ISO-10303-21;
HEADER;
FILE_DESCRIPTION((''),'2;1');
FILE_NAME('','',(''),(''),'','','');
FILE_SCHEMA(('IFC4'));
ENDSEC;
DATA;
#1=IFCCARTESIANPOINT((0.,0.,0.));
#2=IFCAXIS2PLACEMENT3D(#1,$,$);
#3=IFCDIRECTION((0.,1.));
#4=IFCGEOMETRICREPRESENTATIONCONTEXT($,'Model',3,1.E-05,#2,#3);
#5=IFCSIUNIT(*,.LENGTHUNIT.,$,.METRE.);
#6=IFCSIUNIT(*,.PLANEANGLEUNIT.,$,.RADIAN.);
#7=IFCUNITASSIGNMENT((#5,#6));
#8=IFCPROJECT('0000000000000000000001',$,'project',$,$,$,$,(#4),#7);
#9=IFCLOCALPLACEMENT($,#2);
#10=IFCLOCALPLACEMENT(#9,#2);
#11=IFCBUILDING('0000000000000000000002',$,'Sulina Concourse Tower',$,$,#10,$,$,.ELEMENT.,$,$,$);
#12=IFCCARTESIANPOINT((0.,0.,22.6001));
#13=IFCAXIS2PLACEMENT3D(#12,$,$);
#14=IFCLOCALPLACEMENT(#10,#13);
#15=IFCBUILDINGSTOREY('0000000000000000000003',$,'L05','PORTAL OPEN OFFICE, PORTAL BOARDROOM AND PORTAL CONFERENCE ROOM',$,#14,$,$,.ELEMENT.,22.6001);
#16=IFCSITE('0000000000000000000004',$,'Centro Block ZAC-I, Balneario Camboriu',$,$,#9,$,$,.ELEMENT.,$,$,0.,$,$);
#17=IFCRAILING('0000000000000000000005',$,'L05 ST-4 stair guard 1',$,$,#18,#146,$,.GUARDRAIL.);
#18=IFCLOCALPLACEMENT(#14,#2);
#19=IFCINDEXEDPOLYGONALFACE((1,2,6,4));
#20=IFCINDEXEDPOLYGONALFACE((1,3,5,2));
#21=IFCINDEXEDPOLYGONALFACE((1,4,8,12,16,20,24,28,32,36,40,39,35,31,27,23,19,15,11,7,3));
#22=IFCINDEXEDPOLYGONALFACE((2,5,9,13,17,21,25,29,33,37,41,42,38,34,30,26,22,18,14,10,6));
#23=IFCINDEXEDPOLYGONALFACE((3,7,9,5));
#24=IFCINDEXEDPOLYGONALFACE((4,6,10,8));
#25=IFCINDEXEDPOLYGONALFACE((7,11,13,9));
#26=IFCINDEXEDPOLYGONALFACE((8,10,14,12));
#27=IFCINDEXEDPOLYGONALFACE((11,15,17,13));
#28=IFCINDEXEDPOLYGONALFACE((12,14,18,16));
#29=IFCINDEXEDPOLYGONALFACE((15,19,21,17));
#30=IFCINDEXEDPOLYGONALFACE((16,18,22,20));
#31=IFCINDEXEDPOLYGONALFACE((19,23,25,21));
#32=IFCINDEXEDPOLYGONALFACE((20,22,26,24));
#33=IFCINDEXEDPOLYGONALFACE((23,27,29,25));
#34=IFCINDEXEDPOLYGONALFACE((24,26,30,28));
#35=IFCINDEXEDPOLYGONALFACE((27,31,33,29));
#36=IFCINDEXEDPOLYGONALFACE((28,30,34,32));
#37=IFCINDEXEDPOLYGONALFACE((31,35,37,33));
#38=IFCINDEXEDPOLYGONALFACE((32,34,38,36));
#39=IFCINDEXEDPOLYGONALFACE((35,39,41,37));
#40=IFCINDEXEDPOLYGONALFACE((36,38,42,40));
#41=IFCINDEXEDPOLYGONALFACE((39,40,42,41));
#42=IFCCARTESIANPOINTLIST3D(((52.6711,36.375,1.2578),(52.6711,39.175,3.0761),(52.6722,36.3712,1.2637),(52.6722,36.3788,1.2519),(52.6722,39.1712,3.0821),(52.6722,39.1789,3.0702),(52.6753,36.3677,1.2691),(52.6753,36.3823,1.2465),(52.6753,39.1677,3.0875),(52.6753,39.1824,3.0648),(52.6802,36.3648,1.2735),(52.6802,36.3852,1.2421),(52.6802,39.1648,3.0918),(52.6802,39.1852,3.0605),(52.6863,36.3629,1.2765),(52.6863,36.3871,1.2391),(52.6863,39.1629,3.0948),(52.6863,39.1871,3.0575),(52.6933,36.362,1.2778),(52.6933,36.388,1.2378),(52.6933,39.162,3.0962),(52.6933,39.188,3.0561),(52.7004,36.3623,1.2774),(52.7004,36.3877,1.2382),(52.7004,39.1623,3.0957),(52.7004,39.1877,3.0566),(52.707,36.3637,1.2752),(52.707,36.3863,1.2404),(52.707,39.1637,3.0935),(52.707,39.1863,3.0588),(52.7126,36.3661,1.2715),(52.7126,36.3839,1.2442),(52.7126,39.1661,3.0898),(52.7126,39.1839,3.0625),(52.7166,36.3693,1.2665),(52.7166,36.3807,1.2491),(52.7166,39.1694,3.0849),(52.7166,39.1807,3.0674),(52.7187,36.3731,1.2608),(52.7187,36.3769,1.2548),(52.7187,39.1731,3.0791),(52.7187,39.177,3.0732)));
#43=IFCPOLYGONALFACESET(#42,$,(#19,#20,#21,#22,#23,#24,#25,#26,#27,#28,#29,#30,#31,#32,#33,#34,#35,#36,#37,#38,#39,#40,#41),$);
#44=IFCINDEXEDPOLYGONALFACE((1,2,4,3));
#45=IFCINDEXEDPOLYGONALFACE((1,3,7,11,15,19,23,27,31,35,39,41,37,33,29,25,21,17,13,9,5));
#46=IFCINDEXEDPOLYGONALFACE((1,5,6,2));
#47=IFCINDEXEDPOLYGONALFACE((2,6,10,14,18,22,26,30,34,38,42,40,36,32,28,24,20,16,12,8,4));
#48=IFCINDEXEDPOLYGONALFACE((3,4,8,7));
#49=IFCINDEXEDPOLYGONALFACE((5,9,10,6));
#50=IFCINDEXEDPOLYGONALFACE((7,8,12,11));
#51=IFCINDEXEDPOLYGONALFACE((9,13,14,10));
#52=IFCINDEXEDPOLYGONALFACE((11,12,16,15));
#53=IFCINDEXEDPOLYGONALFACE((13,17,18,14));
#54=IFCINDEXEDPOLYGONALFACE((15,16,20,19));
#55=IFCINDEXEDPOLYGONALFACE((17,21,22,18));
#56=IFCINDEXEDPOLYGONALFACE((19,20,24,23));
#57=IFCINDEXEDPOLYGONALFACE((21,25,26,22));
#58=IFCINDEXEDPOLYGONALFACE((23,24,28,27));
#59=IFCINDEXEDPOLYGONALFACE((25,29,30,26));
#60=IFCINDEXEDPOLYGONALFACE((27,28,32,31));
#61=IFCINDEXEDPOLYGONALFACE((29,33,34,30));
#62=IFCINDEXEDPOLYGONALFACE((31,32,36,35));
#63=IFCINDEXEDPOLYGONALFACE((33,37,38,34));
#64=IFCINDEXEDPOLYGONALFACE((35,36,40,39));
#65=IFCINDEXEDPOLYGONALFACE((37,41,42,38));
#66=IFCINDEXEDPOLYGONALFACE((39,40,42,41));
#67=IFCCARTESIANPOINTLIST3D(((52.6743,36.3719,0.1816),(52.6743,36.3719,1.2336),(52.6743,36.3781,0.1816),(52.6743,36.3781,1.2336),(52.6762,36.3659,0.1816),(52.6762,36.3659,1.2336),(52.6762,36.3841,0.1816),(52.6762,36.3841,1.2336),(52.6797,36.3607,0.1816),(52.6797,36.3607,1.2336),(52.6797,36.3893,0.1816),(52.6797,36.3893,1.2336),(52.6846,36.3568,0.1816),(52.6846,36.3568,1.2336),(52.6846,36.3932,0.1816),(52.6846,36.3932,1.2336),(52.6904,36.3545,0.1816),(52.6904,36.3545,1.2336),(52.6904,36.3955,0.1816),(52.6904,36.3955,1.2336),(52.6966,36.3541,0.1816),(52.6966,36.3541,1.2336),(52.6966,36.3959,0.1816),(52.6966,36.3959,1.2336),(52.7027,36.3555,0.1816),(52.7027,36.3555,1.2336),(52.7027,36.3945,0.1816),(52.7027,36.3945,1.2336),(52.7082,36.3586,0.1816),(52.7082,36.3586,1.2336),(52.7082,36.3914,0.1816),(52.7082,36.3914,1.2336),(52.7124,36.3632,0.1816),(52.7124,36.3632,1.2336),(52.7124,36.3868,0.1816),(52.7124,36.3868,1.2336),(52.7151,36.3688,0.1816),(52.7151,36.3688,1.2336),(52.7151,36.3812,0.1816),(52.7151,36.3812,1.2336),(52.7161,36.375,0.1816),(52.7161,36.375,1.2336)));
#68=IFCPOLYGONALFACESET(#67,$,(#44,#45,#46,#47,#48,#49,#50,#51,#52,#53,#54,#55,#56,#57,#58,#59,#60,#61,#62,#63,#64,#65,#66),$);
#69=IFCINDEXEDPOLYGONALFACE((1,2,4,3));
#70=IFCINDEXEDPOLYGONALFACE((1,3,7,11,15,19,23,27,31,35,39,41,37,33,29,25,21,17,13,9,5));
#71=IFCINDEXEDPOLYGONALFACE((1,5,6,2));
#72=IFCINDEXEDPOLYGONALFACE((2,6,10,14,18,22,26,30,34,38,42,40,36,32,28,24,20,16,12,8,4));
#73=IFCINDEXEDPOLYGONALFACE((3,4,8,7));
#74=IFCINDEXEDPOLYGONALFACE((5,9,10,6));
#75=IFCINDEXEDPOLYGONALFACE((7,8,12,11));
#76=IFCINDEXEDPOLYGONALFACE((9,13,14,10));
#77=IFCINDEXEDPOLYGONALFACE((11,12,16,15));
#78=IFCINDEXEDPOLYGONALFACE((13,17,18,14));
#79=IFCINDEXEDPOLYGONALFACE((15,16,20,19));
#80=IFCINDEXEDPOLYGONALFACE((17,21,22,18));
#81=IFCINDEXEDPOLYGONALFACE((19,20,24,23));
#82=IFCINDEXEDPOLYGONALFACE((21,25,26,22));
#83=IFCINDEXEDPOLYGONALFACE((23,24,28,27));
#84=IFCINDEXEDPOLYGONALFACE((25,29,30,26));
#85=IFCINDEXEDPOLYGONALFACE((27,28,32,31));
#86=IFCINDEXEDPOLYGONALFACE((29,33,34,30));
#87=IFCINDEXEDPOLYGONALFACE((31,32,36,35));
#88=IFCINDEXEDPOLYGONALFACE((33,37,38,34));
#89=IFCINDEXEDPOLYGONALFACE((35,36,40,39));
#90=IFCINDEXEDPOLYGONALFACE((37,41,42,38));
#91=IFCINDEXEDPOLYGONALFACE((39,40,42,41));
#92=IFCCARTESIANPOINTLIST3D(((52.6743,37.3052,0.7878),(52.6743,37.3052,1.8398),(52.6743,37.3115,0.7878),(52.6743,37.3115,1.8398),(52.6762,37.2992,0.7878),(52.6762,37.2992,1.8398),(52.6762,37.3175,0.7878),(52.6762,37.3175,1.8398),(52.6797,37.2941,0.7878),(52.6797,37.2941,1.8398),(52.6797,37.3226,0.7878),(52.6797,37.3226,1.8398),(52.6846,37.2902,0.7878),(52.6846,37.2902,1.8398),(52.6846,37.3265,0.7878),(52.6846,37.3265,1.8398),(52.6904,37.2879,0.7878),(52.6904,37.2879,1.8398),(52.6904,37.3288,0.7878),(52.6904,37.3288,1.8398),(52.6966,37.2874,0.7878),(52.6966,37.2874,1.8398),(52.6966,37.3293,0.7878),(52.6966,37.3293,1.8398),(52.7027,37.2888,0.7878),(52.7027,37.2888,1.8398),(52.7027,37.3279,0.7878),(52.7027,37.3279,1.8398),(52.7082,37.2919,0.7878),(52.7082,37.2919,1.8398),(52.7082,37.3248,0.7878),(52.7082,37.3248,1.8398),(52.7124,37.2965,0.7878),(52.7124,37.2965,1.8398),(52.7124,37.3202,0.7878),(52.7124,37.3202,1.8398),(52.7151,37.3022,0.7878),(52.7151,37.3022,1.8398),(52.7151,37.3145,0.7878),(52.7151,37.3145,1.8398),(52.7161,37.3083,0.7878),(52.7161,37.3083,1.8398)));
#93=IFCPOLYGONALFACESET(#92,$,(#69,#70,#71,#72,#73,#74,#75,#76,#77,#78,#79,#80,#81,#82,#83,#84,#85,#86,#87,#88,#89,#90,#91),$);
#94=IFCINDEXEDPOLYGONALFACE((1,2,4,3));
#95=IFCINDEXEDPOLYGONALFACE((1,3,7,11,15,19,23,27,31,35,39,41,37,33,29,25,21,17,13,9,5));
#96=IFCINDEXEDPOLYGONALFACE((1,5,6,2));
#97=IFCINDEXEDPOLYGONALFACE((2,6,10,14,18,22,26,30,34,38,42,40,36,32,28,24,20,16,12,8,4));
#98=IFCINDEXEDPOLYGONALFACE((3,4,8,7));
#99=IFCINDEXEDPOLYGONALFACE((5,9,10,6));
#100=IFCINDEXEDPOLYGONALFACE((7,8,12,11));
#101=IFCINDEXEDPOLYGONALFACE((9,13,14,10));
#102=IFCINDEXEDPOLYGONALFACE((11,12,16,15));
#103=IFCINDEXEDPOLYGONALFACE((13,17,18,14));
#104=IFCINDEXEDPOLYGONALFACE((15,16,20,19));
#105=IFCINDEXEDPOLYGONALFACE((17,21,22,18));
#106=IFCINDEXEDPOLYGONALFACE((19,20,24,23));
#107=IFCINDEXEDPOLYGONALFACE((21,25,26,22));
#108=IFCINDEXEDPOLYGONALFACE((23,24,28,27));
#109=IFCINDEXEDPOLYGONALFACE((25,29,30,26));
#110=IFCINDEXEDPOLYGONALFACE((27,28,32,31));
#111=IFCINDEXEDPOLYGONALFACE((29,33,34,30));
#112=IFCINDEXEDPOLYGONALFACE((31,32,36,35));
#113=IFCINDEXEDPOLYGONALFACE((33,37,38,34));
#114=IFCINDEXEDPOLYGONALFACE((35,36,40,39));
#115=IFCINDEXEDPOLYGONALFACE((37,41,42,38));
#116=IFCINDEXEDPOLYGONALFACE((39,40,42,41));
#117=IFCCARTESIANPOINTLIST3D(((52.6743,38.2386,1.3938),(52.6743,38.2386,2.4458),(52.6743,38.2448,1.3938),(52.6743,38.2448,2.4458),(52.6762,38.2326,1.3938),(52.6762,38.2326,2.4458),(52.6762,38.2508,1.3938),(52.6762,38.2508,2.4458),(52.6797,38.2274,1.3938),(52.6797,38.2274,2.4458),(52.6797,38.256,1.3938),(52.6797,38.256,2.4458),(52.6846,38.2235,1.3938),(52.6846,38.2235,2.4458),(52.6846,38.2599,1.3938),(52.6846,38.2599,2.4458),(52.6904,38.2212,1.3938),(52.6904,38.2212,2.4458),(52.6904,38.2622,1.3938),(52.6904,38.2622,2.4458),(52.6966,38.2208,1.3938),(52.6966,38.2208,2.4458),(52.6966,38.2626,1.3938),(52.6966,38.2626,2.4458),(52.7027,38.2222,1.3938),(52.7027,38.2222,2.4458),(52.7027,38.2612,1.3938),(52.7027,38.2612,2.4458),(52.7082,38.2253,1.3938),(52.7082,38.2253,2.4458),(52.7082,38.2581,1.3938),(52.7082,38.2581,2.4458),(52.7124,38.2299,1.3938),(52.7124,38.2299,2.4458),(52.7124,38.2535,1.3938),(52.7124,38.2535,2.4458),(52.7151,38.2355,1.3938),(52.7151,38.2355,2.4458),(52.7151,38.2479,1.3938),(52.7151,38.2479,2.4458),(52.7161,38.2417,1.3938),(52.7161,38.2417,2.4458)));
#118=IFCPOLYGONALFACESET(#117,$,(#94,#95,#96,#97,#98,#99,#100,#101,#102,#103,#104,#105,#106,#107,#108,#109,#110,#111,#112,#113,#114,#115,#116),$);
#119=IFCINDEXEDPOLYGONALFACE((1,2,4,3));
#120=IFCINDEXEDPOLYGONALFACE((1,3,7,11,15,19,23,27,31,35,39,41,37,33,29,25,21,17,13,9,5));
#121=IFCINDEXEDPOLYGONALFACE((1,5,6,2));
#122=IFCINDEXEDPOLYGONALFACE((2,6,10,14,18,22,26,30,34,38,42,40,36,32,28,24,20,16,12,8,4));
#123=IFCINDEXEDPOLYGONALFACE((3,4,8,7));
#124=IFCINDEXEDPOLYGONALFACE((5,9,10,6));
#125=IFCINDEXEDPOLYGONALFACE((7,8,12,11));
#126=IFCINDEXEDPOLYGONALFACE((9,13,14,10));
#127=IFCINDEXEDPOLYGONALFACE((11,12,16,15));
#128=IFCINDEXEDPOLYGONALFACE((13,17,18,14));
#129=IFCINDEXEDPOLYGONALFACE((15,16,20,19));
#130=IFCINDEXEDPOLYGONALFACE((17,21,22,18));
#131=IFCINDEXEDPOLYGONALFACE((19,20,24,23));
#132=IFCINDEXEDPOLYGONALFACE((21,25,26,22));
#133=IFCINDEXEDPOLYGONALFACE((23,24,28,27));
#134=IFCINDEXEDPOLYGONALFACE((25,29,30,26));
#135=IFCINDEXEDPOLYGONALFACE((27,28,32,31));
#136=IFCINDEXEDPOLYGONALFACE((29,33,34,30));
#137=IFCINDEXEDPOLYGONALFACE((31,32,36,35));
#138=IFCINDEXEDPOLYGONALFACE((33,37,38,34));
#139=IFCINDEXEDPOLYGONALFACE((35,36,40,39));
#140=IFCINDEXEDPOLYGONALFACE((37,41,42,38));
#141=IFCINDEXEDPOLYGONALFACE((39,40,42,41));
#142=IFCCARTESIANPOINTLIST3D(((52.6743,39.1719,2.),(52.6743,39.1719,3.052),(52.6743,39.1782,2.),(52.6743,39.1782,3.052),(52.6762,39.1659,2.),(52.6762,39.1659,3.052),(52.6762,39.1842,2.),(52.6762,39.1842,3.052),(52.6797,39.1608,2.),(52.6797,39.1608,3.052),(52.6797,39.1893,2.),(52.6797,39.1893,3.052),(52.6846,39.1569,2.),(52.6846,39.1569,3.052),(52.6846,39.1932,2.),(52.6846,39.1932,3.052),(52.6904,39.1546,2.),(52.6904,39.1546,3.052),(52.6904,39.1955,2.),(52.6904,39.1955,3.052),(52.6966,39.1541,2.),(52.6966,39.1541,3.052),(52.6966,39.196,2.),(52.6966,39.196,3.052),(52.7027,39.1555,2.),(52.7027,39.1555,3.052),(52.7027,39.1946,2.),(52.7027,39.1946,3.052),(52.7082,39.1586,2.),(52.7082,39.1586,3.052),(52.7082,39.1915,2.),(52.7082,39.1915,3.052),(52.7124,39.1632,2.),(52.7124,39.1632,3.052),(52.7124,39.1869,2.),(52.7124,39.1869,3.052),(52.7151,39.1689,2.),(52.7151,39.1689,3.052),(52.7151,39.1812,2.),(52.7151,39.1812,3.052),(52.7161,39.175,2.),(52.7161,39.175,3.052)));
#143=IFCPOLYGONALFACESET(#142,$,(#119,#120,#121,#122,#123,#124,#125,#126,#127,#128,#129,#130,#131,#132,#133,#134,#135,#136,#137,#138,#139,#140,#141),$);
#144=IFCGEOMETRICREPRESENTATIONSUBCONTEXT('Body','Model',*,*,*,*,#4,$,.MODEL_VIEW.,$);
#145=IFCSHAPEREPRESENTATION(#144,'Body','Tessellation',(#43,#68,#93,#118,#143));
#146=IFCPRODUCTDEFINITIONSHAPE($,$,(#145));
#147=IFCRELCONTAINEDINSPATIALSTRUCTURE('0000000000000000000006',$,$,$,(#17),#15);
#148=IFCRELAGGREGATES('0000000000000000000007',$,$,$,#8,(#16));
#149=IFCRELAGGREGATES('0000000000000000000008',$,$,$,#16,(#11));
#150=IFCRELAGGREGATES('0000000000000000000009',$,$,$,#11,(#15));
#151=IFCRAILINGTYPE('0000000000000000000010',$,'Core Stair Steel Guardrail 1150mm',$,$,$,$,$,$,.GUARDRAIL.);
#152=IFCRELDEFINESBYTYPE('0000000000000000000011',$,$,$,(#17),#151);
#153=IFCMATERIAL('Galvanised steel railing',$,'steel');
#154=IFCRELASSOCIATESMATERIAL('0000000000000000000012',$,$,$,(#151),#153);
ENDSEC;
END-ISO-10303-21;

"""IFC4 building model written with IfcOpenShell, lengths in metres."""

from ifc_helpers import new_model, si_unit, direction, frame, origin, origin_2d, place, context, subcontext, project, spatial, circle, extrude, material, type_object, element, save


model = new_model("IFC4")

# Units and contexts
model_context = context("Model", 3, precision=1e-05, world=origin(), true_north=direction((0.0, 1.0)))
body_context = subcontext(model_context, "Body", "Model", "MODEL_VIEW")
ifc_project = project(units=[si_unit("LENGTHUNIT", "METRE"), si_unit("PLANEANGLEUNIT", "RADIAN")], contexts=[model_context])

# Site, building, storey
site_placement = place(None, origin())
site = spatial("IfcSite", under=ifc_project, at=site_placement, Name="Centro Block ZAC-I, Balneario Camboriu", CompositionType="ELEMENT", RefElevation=0.0)
building_placement = place(site_placement, origin())
building = spatial("IfcBuilding", under=site, at=building_placement, Name="Sulina Concourse Tower", CompositionType="ELEMENT")
storey_placement = place(building_placement, frame((0.0, 0.0, 22.6001)))
storey = spatial("IfcBuildingStorey", under=building, at=storey_placement, Name="L05", Description="PORTAL OPEN OFFICE, PORTAL BOARDROOM AND PORTAL CONFERENCE ROOM", CompositionType="ELEMENT", Elevation=22.6001)

# Railing
ifc_material_1 = material(Name="Galvanised steel railing", Category="steel")
railing_type_1 = type_object("IfcRailingType", Name="Core Stair Steel Guardrail 1150mm", PredefinedType="GUARDRAIL", material=ifc_material_1)
railing_1_placement = place(storey_placement, frame((52.6951, 36.375, 0.1816)))
element("IfcRailing", 1, at=railing_1_placement, inside=storey, type_object=railing_type_1, Name="L05 ST-4 stair guard 1", PredefinedType="GUARDRAIL", context=body_context, shape_type="SweptSolid", body=[
    extrude(circle(Radius=0.0239, at=origin_2d()), frame((0.0, 0.0, 1.0762), z_axis=(0.0, 0.838672, 0.544636), x_axis=(-1.0, 0.0, 0.0)), (0.0, 0.0, 1.0), 3.3386),
    extrude(circle(Radius=0.021, at=origin_2d()), origin(), (0.0, 0.0, 1.0), 1.052),
    extrude(circle(Radius=0.021, at=origin_2d()), frame((0.0, 0.9333, 0.6062)), (0.0, 0.0, 1.0), 1.052),
    extrude(circle(Radius=0.021, at=origin_2d()), frame((0.0, 1.8667, 1.2122)), (0.0, 0.0, 1.0), 1.052),
    extrude(circle(Radius=0.021, at=origin_2d()), frame((0.0, 2.8, 1.8184)), (0.0, 0.0, 1.0), 1.052),
])

save(model, "model.ifc")
